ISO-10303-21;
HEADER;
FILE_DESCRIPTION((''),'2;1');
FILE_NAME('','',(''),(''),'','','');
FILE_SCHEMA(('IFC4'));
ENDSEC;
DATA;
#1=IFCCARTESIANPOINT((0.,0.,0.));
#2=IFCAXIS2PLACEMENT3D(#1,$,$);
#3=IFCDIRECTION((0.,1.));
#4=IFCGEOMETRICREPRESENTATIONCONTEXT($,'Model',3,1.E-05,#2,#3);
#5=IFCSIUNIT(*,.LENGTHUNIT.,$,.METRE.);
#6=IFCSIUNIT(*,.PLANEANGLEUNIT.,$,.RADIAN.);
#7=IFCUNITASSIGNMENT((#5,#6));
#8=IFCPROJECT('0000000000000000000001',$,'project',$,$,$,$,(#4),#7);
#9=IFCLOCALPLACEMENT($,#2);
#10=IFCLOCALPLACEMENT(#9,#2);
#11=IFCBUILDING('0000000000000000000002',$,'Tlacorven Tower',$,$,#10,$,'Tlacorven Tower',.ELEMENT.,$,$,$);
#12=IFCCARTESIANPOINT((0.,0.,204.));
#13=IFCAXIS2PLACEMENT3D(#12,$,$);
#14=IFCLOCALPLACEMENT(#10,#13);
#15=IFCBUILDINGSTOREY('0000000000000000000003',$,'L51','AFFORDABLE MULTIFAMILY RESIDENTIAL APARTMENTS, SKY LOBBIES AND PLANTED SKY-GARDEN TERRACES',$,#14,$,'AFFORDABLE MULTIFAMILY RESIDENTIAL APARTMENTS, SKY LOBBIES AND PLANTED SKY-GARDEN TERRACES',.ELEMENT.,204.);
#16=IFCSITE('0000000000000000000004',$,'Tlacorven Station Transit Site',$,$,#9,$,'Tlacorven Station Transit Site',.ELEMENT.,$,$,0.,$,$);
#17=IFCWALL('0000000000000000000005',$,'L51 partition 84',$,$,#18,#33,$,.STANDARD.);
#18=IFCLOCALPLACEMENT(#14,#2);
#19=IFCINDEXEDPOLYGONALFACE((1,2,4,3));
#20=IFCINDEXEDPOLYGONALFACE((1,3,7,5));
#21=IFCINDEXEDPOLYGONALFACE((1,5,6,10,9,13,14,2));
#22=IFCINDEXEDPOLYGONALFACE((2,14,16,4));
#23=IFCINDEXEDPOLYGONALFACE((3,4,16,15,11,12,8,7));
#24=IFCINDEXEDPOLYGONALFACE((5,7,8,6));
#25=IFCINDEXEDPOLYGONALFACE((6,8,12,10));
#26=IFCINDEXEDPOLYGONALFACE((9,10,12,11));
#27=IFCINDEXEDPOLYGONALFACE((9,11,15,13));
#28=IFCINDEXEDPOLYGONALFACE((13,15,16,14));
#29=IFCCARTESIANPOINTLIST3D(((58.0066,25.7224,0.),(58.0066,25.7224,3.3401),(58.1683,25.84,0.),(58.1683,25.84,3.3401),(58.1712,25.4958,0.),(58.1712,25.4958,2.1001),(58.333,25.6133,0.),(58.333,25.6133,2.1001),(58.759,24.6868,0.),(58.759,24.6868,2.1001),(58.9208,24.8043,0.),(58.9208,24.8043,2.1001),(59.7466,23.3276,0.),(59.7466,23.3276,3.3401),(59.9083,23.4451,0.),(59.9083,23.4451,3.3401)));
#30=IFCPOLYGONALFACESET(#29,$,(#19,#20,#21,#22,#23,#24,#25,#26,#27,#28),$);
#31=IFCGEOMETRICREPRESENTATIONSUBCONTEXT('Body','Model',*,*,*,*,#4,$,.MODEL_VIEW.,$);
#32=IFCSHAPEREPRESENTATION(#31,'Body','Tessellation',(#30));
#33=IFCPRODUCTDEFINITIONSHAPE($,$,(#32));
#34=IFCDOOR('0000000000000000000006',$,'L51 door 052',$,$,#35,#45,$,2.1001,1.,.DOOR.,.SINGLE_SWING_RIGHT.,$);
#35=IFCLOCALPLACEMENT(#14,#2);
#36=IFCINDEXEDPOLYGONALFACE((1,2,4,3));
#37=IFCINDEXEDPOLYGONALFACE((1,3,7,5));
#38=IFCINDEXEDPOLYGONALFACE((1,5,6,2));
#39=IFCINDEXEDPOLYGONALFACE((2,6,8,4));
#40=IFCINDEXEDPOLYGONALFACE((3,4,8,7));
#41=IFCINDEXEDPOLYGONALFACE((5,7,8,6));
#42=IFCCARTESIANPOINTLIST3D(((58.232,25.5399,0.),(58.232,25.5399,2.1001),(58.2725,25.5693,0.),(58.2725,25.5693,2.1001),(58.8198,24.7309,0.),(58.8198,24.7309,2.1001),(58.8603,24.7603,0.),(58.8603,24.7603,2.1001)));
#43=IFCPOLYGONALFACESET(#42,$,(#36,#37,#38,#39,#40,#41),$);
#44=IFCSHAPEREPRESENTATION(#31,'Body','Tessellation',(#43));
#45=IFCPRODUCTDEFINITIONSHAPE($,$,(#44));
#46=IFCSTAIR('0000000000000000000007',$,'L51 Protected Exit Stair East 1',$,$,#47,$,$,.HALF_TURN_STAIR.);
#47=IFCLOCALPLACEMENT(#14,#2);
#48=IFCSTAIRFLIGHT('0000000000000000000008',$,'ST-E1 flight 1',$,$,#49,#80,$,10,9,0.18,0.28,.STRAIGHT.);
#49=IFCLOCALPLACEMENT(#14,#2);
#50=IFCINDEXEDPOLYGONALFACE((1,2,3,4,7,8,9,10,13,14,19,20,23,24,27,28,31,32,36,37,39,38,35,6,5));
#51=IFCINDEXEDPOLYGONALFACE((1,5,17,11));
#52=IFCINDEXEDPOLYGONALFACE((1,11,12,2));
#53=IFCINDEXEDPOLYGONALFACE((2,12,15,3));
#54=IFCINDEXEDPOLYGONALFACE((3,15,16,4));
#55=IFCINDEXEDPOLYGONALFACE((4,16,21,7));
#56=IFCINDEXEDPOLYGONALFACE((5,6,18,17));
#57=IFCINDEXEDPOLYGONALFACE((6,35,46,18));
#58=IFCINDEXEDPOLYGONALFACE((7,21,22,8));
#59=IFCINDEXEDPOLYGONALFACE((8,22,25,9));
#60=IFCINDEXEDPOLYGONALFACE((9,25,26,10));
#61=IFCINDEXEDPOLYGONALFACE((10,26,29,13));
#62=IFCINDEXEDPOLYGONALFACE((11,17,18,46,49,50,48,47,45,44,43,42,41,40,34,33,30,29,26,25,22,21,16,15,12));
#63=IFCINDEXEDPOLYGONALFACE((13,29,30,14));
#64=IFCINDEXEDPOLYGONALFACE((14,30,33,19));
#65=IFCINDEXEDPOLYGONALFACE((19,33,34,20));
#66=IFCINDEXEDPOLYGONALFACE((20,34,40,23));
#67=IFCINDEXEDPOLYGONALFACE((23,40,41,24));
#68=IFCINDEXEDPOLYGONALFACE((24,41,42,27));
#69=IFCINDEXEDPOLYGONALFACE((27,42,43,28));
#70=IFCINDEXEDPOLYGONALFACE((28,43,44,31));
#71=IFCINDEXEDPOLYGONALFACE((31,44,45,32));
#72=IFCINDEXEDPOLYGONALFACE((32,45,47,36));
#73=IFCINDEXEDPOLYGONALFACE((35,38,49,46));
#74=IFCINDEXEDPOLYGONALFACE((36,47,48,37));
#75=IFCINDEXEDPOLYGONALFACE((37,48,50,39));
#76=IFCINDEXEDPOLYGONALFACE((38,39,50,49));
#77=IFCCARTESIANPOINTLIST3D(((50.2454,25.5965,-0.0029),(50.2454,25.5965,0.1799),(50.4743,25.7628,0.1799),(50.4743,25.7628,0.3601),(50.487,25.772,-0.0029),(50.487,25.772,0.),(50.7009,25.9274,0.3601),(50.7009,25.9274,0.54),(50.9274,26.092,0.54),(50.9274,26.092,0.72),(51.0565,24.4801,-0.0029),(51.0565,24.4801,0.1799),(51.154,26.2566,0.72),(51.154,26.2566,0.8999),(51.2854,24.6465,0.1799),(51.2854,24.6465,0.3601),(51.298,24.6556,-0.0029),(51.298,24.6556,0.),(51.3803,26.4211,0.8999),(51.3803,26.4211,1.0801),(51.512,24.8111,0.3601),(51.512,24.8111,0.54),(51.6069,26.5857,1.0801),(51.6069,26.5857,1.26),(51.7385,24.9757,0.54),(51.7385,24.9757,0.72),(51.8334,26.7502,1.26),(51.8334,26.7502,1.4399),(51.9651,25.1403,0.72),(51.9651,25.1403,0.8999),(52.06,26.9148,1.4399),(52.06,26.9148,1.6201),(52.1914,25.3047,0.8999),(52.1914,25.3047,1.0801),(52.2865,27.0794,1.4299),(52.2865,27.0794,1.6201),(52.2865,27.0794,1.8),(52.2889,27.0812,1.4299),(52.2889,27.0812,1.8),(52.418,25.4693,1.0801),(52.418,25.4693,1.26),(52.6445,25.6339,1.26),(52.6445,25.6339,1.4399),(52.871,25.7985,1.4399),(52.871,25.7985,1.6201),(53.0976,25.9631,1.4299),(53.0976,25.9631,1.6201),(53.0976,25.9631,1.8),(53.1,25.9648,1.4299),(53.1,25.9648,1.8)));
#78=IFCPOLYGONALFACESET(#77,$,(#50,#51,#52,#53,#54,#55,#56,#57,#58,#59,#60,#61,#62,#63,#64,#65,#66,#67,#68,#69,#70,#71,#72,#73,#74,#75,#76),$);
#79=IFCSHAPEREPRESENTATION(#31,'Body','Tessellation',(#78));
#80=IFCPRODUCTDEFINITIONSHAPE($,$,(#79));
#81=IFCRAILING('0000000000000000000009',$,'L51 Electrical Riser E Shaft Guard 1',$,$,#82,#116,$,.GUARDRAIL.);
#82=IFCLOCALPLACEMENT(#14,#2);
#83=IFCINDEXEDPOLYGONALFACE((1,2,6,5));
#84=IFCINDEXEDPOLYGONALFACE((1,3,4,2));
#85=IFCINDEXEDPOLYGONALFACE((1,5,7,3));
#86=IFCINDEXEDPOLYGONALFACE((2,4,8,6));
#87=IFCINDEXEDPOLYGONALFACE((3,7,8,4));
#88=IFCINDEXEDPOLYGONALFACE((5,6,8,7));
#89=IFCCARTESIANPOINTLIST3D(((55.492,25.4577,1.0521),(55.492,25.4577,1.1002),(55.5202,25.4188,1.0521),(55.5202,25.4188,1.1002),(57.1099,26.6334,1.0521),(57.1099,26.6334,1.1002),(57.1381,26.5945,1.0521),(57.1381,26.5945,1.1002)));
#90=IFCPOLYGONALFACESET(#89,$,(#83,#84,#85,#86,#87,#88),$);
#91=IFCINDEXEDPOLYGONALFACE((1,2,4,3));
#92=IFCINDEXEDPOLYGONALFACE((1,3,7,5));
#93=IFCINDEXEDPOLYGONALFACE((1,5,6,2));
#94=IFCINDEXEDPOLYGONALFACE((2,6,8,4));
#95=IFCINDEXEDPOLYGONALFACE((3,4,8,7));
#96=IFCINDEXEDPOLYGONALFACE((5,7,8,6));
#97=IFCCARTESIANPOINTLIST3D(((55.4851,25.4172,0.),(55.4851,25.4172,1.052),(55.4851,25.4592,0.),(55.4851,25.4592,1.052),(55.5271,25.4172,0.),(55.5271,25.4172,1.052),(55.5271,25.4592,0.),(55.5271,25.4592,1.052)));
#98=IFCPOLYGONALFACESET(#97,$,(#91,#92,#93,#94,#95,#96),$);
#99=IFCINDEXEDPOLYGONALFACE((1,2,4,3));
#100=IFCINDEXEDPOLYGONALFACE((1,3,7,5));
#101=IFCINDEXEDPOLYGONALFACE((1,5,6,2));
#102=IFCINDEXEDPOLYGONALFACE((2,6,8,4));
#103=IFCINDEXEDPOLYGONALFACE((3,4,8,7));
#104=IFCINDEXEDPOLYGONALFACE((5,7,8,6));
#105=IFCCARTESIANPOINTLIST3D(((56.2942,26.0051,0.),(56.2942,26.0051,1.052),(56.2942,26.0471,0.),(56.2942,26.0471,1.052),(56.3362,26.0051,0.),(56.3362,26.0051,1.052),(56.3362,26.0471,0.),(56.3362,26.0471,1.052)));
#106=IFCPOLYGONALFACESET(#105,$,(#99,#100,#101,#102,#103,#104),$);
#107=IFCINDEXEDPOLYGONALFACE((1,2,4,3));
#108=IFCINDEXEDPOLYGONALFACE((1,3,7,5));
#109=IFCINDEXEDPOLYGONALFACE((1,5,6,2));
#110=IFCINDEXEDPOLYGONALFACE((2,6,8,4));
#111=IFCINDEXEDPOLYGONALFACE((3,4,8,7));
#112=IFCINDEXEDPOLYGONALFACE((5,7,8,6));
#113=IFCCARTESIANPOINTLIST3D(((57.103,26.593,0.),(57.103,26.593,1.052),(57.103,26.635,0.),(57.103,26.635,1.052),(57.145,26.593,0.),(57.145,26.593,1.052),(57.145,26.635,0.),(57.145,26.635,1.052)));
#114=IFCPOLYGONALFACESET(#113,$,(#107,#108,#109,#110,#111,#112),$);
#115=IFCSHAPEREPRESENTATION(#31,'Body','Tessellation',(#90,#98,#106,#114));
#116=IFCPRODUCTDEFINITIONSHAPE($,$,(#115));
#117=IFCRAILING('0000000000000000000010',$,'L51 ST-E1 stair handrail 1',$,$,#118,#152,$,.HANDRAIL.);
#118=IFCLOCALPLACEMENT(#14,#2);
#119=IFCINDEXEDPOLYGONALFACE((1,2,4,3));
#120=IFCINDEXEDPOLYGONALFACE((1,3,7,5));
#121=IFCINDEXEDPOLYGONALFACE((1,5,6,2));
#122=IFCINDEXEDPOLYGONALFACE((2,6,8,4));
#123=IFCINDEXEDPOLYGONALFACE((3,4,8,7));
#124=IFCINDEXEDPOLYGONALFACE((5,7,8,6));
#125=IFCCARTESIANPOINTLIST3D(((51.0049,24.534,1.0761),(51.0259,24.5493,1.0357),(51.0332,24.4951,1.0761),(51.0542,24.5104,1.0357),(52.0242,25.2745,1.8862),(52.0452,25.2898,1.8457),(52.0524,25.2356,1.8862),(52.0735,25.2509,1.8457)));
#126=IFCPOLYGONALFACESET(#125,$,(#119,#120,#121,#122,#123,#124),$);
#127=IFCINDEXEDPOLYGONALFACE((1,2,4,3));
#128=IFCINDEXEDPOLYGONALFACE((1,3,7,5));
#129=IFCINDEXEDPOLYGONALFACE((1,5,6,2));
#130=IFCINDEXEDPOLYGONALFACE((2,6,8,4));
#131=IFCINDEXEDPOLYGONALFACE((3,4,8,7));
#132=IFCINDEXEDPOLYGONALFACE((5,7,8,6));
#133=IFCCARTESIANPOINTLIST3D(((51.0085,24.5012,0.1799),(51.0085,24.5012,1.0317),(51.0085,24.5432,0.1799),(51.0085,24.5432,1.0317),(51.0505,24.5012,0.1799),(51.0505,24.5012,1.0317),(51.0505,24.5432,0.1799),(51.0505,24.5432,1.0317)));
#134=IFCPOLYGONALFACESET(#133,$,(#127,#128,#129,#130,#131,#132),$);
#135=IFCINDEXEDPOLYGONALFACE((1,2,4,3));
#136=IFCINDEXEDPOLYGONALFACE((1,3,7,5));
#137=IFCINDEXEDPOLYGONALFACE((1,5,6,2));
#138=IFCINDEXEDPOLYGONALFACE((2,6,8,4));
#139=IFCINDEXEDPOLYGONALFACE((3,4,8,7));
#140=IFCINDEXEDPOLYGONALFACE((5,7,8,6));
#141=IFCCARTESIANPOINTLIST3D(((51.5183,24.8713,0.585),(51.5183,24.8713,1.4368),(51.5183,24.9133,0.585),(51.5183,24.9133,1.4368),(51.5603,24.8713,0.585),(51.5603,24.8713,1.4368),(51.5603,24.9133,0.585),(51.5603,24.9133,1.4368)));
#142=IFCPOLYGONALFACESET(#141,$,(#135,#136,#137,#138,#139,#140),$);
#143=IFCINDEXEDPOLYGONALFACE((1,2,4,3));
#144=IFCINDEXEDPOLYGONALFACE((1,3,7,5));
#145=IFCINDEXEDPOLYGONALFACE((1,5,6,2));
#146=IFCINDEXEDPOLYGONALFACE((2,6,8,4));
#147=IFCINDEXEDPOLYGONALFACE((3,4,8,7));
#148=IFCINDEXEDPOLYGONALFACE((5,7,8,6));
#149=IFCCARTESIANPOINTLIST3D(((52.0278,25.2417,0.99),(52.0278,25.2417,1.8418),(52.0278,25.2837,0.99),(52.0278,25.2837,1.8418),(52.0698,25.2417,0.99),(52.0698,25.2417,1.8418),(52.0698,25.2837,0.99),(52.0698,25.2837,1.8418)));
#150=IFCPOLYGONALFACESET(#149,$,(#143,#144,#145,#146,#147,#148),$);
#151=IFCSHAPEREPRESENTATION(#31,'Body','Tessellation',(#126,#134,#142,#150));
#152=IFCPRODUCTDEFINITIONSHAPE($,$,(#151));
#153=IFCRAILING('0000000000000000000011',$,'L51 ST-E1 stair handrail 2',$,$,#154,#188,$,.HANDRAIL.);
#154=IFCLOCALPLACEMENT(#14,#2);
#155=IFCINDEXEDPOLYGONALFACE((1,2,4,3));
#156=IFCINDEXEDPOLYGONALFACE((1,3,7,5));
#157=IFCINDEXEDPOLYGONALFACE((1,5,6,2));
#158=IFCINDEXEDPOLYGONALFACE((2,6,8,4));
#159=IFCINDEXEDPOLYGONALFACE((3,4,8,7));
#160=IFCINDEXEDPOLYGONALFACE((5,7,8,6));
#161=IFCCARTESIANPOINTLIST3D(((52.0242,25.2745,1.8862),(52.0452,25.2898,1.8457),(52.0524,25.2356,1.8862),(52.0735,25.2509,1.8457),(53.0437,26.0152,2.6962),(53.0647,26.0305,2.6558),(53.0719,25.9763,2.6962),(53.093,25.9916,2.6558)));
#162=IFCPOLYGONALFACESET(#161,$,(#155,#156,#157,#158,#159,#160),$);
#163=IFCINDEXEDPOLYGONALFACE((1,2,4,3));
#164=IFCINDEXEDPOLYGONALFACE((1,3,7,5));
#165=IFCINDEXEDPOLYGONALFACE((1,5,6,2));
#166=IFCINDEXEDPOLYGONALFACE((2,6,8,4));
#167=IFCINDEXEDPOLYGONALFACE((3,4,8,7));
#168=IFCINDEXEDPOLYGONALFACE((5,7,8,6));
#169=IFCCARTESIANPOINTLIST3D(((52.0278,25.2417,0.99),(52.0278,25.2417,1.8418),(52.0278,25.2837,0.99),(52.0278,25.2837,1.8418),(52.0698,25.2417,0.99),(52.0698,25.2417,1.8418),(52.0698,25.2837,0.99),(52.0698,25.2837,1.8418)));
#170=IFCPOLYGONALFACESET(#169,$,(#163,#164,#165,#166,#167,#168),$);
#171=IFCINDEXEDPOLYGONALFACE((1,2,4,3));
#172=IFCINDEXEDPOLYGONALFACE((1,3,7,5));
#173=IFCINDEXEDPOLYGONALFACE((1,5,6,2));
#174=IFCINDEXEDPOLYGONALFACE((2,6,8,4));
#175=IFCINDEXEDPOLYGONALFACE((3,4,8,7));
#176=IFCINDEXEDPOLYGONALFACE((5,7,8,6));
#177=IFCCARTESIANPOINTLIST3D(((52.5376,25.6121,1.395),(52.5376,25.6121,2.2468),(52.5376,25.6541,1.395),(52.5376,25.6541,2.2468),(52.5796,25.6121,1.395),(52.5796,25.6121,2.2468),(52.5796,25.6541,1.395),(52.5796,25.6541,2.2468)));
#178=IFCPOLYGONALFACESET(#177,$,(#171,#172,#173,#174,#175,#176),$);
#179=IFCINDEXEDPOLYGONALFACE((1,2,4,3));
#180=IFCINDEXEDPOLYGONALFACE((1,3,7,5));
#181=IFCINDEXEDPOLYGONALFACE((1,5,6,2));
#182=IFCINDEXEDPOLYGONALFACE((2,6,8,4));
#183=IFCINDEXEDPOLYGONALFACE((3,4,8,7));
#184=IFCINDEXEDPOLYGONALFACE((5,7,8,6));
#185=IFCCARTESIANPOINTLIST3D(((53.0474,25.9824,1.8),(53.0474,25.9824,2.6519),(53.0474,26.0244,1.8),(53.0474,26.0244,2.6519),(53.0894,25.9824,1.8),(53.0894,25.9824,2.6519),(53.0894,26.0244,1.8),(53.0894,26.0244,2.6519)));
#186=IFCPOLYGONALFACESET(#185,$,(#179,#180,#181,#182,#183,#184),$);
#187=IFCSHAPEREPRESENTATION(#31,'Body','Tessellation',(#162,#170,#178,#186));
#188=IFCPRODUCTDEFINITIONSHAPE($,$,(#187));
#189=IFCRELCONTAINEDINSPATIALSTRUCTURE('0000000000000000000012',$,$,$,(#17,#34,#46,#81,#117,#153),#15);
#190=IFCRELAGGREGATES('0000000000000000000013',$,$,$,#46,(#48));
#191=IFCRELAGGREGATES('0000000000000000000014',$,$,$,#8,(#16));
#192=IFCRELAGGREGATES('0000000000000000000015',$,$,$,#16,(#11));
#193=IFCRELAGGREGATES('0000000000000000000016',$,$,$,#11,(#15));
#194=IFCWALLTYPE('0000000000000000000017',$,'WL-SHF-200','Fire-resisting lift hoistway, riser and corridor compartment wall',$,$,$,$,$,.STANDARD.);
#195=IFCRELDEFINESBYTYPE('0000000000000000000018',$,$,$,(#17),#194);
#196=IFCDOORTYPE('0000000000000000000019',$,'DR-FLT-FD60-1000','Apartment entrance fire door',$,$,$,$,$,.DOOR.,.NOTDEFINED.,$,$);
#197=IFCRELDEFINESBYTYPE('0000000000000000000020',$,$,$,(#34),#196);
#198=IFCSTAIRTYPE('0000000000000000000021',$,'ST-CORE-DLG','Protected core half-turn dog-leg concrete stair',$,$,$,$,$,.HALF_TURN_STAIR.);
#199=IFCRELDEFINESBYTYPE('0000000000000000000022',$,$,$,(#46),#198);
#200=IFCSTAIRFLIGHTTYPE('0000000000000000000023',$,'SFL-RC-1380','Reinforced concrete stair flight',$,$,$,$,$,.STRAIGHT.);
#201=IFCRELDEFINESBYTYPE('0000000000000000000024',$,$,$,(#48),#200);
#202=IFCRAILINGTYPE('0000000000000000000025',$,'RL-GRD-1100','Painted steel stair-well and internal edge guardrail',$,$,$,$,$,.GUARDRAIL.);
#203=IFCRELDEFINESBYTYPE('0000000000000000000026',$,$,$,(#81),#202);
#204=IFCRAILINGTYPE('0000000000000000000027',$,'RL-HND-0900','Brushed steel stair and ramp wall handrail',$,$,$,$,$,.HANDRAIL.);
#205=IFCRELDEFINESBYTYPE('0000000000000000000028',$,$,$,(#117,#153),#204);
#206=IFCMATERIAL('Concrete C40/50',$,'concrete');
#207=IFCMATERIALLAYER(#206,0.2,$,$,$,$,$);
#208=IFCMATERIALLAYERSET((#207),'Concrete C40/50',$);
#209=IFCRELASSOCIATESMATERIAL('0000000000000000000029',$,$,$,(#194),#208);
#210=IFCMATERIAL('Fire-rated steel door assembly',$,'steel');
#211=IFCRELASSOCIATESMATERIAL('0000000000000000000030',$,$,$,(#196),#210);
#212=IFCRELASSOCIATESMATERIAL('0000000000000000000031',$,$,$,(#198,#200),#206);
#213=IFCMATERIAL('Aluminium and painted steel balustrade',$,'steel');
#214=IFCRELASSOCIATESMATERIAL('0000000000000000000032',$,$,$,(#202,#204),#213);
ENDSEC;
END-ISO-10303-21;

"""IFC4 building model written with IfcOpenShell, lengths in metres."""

from ifc_helpers import new_model, si_unit, direction, frame, frame_2d, origin, origin_2d, place, context, subcontext, project, spatial, polyline, rectangle, outline, extrude, source, transform, mapped, material, layer, layer_set, type_object, element, fill, aggregate, save


model = new_model("IFC4")

# Units and contexts
model_context = context("Model", 3, precision=1e-05, world=origin(), true_north=direction((0.0, 1.0)))
body_context = subcontext(model_context, "Body", "Model", "MODEL_VIEW")
ifc_project = project(units=[si_unit("LENGTHUNIT", "METRE"), si_unit("PLANEANGLEUNIT", "RADIAN")], contexts=[model_context])

# Site, building, storey
site_placement = place(None, origin())
site = spatial("IfcSite", under=ifc_project, at=site_placement, Name="Tlacorven Station Transit Site", LongName="Tlacorven Station Transit Site", CompositionType="ELEMENT", RefElevation=0.0)
building_placement = place(site_placement, origin())
building = spatial("IfcBuilding", under=site, at=building_placement, Name="Tlacorven Tower", LongName="Tlacorven Tower", CompositionType="ELEMENT")
storey_placement = place(building_placement, frame((0.0, 0.0, 204.0)))
storey = spatial("IfcBuildingStorey", under=building, at=storey_placement, Name="L51", Description="AFFORDABLE MULTIFAMILY RESIDENTIAL APARTMENTS, SKY LOBBIES AND PLANTED SKY-GARDEN TERRACES", LongName="AFFORDABLE MULTIFAMILY RESIDENTIAL APARTMENTS, SKY LOBBIES AND PLANTED SKY-GARDEN TERRACES", CompositionType="ELEMENT", Elevation=204.0)

# Shared definitions
ifc_material_1 = material(Name="Concrete C40/50", Category="concrete")
ifc_layer_1 = layer(ifc_material_1, 0.2)
ifc_layer_set_1 = layer_set([ifc_layer_1], Name="Concrete C40/50")
wall_type_1 = type_object("IfcWallType", Name="WL-SHF-200", Description="Fire-resisting lift hoistway, riser and corridor compartment wall", PredefinedType="STANDARD", material=ifc_layer_set_1)

# Shared definitions
ifc_material_2 = material(Name="Fire-rated steel door assembly", Category="steel")

# Wall, opening, door
wall_1_placement = place(storey_placement, frame((59.8274, 23.3865, 0.0), z_axis=(0.0, 0.0, 1.0), x_axis=(-0.587804, 0.809003, 0.0)))
wall_1 = element("IfcWall", 1, at=wall_1_placement, inside=storey, type_object=wall_type_1, Name="L51 partition 84", PredefinedType="STANDARD", context=body_context, shape_type="SweptSolid", body=[
    extrude(rectangle(XDim=2.9602, YDim=0.2, at=frame_2d((1.48, 0.0))), origin(), (0.0, 0.0, 1.0), 3.3401),
])
opening_1_placement = place(wall_1_placement, frame((1.6799, 0.0, 0.0)))
opening_1 = element("IfcOpeningElement", 2, at=opening_1_placement, cuts=wall_1, PredefinedType="OPENING", context=body_context, shape_type="SweptSolid", body=[
    extrude(rectangle(XDim=1.0, YDim=2.1001, at=frame_2d((0.5, 1.05))), frame((0.0, 0.1099, 0.0), z_axis=(0.0, -1.0, 0.0), x_axis=(1.0, 0.0, 0.0)), (0.0, 0.0, 1.0), 0.22),
])
door_type_1 = type_object("IfcDoorType", Name="DR-FLT-FD60-1000", Description="Apartment entrance fire door", OperationType="NOTDEFINED", PredefinedType="DOOR", material=ifc_material_2)
shared_shape_1 = source(origin(), body_context, "Body", "SweptSolid", [
    extrude(rectangle(XDim=1.0, YDim=2.1001, at=frame_2d((0.5, 1.05))), frame((0.0, 0.0249, 0.0), z_axis=(0.0, -1.0, 0.0), x_axis=(1.0, 0.0, 0.0)), (0.0, 0.0, 1.0), 0.05),
])
door_1_placement = place(opening_1_placement, origin())
door_1 = element("IfcDoor", 3, at=door_1_placement, inside=storey, type_object=door_type_1, Name="L51 door 052", OperationType="SINGLE_SWING_RIGHT", OverallHeight=2.1001, OverallWidth=1.0, PredefinedType="DOOR", context=body_context, shape_type="MappedRepresentation", body=[
    mapped(shared_shape_1, transform((0.0, 0.0, 0.0), scale=1.0)),
])
fill(opening_1, door_1)

# Stair, stair flight
stair_type = type_object("IfcStairType", Name="ST-CORE-DLG", Description="Protected core half-turn dog-leg concrete stair", PredefinedType="HALF_TURN_STAIR", material=ifc_material_1)
stair_placement = place(storey_placement, origin())
stair = element("IfcStair", 4, at=stair_placement, inside=storey, type_object=stair_type, Name="L51 Protected Exit Stair East 1", PredefinedType="HALF_TURN_STAIR")
stair_flight_type = type_object("IfcStairFlightType", Name="SFL-RC-1380", Description="Reinforced concrete stair flight", PredefinedType="STRAIGHT", material=ifc_material_1)
shared_shape_2 = source(origin(), body_context, "Body", "SweptSolid", [
    extrude(outline(polyline([(-0.0029, -0.0029), (-0.0029, 0.1799), (0.28, 0.1799), (0.28, 0.3601), (0.5601, 0.3601), (0.5601, 0.54), (0.8401, 0.54), (0.8401, 0.72), (1.1201, 0.72), (1.1201, 0.8999), (1.3999, 0.8999), (1.3999, 1.0801), (1.6799, 1.0801), (1.6799, 1.26), (1.96, 1.26), (1.96, 1.4399), (2.24, 1.4399), (2.24, 1.6201), (2.52, 1.6201), (2.52, 1.8), (2.5229, 1.8), (2.5229, 1.4299), (2.52, 1.4299), (0.2957, 0.0), (0.2957, -0.0029), (-0.0029, -0.0029)])), frame((0.0, 0.6899, 0.0), z_axis=(0.0, -1.0, 0.0), x_axis=(1.0, 0.0, 0.0)), (0.0, 0.0, 1.0), 1.3799),
])
stair_flight_placement = place(storey_placement, frame((50.6533, 25.04, 0.0), z_axis=(0.0, 0.0, 1.0), x_axis=(0.809017, 0.587785, 0.0)))
stair_flight = element("IfcStairFlight", 5, at=stair_flight_placement, type_object=stair_flight_type, Name="ST-E1 flight 1", NumberOfRisers=10, NumberOfTreads=9, PredefinedType="STRAIGHT", RiserHeight=0.18, TreadLength=0.28, context=body_context, shape_type="MappedRepresentation", body=[
    mapped(shared_shape_2, transform((0.0, 0.0, 0.0), scale=1.0)),
])
aggregate(stair, [stair_flight])

# Railings
ifc_material_3 = material(Name="Aluminium and painted steel balustrade", Category="steel")
railing_type_1 = type_object("IfcRailingType", Name="RL-GRD-1100", Description="Painted steel stair-well and internal edge guardrail", PredefinedType="GUARDRAIL", material=ifc_material_3)
shared_shape_3 = source(origin(), body_context, "Body", "SweptSolid", [
    extrude(rectangle(XDim=0.0481, YDim=0.0481, at=origin_2d()), frame((0.0, 0.0, 1.0762), z_axis=(0.808947, 0.587881, 0.0), x_axis=(-0.587881, 0.808947, 0.0)), (0.0, 0.0, 1.0), 2.0),
    extrude(rectangle(XDim=0.042, YDim=0.042, at=origin_2d()), origin(), (0.0, 0.0, 1.0), 1.052),
    extrude(rectangle(XDim=0.042, YDim=0.042, at=origin_2d()), frame((0.8091, 0.5879, 0.0)), (0.0, 0.0, 1.0), 1.052),
    extrude(rectangle(XDim=0.042, YDim=0.042, at=origin_2d()), frame((1.6179, 1.1758, 0.0)), (0.0, 0.0, 1.0), 1.052),
])
railing_1_placement = place(storey_placement, frame((55.5061, 25.4382, 0.0)))
element("IfcRailing", 6, at=railing_1_placement, inside=storey, type_object=railing_type_1, Name="L51 Electrical Riser E Shaft Guard 1", PredefinedType="GUARDRAIL", context=body_context, shape_type="MappedRepresentation", body=[
    mapped(shared_shape_3, transform((0.0, 0.0, 0.0), scale=1.0)),
])
railing_type_2 = type_object("IfcRailingType", Name="RL-HND-0900", Description="Brushed steel stair and ramp wall handrail", PredefinedType="HANDRAIL", material=ifc_material_3)
shared_shape_4 = source(origin(), body_context, "Body", "SweptSolid", [
    extrude(rectangle(XDim=0.0481, YDim=0.0481, at=origin_2d()), frame((0.0, 0.0, 0.876), z_axis=(0.680516, 0.494373, 0.540827), x_axis=(-0.587745, 0.809046, 0.0)), (0.0, 0.0, 1.0), 1.4978),
    extrude(rectangle(XDim=0.042, YDim=0.042, at=origin_2d()), origin(), (0.0, 0.0, 1.0), 0.8518),
    extrude(rectangle(XDim=0.042, YDim=0.042, at=origin_2d()), frame((0.5098, 0.3701, 0.405)), (0.0, 0.0, 1.0), 0.8518),
    extrude(rectangle(XDim=0.042, YDim=0.042, at=origin_2d()), frame((1.0193, 0.7405, 0.8101)), (0.0, 0.0, 1.0), 0.8518),
])
railing_2_placement = place(storey_placement, frame((51.0295, 24.5222, 0.1799)))
element("IfcRailing", 7, at=railing_2_placement, inside=storey, type_object=railing_type_2, Name="L51 ST-E1 stair handrail 1", PredefinedType="HANDRAIL", context=body_context, shape_type="MappedRepresentation", body=[
    mapped(shared_shape_4, transform((0.0, 0.0, 0.0), scale=1.0)),
])
shared_shape_5 = source(origin(), body_context, "Body", "SweptSolid", [
    extrude(rectangle(XDim=0.0481, YDim=0.0481, at=origin_2d()), frame((0.0, 0.0, 0.876), z_axis=(0.680549, 0.494441, 0.540723), x_axis=(-0.58778, 0.809021, 0.0)), (0.0, 0.0, 1.0), 1.498),
    extrude(rectangle(XDim=0.042, YDim=0.042, at=origin_2d()), origin(), (0.0, 0.0, 1.0), 0.8518),
    extrude(rectangle(XDim=0.042, YDim=0.042, at=origin_2d()), frame((0.5098, 0.3704, 0.405)), (0.0, 0.0, 1.0), 0.8518),
    extrude(rectangle(XDim=0.042, YDim=0.042, at=origin_2d()), frame((1.0195, 0.7407, 0.8101)), (0.0, 0.0, 1.0), 0.8518),
])
railing_3_placement = place(storey_placement, frame((52.0488, 25.2627, 0.99)))
element("IfcRailing", 8, at=railing_3_placement, inside=storey, type_object=railing_type_2, Name="L51 ST-E1 stair handrail 2", PredefinedType="HANDRAIL", context=body_context, shape_type="MappedRepresentation", body=[
    mapped(shared_shape_5, transform((0.0, 0.0, 0.0), scale=1.0)),
])

save(model, "model.ifc")
